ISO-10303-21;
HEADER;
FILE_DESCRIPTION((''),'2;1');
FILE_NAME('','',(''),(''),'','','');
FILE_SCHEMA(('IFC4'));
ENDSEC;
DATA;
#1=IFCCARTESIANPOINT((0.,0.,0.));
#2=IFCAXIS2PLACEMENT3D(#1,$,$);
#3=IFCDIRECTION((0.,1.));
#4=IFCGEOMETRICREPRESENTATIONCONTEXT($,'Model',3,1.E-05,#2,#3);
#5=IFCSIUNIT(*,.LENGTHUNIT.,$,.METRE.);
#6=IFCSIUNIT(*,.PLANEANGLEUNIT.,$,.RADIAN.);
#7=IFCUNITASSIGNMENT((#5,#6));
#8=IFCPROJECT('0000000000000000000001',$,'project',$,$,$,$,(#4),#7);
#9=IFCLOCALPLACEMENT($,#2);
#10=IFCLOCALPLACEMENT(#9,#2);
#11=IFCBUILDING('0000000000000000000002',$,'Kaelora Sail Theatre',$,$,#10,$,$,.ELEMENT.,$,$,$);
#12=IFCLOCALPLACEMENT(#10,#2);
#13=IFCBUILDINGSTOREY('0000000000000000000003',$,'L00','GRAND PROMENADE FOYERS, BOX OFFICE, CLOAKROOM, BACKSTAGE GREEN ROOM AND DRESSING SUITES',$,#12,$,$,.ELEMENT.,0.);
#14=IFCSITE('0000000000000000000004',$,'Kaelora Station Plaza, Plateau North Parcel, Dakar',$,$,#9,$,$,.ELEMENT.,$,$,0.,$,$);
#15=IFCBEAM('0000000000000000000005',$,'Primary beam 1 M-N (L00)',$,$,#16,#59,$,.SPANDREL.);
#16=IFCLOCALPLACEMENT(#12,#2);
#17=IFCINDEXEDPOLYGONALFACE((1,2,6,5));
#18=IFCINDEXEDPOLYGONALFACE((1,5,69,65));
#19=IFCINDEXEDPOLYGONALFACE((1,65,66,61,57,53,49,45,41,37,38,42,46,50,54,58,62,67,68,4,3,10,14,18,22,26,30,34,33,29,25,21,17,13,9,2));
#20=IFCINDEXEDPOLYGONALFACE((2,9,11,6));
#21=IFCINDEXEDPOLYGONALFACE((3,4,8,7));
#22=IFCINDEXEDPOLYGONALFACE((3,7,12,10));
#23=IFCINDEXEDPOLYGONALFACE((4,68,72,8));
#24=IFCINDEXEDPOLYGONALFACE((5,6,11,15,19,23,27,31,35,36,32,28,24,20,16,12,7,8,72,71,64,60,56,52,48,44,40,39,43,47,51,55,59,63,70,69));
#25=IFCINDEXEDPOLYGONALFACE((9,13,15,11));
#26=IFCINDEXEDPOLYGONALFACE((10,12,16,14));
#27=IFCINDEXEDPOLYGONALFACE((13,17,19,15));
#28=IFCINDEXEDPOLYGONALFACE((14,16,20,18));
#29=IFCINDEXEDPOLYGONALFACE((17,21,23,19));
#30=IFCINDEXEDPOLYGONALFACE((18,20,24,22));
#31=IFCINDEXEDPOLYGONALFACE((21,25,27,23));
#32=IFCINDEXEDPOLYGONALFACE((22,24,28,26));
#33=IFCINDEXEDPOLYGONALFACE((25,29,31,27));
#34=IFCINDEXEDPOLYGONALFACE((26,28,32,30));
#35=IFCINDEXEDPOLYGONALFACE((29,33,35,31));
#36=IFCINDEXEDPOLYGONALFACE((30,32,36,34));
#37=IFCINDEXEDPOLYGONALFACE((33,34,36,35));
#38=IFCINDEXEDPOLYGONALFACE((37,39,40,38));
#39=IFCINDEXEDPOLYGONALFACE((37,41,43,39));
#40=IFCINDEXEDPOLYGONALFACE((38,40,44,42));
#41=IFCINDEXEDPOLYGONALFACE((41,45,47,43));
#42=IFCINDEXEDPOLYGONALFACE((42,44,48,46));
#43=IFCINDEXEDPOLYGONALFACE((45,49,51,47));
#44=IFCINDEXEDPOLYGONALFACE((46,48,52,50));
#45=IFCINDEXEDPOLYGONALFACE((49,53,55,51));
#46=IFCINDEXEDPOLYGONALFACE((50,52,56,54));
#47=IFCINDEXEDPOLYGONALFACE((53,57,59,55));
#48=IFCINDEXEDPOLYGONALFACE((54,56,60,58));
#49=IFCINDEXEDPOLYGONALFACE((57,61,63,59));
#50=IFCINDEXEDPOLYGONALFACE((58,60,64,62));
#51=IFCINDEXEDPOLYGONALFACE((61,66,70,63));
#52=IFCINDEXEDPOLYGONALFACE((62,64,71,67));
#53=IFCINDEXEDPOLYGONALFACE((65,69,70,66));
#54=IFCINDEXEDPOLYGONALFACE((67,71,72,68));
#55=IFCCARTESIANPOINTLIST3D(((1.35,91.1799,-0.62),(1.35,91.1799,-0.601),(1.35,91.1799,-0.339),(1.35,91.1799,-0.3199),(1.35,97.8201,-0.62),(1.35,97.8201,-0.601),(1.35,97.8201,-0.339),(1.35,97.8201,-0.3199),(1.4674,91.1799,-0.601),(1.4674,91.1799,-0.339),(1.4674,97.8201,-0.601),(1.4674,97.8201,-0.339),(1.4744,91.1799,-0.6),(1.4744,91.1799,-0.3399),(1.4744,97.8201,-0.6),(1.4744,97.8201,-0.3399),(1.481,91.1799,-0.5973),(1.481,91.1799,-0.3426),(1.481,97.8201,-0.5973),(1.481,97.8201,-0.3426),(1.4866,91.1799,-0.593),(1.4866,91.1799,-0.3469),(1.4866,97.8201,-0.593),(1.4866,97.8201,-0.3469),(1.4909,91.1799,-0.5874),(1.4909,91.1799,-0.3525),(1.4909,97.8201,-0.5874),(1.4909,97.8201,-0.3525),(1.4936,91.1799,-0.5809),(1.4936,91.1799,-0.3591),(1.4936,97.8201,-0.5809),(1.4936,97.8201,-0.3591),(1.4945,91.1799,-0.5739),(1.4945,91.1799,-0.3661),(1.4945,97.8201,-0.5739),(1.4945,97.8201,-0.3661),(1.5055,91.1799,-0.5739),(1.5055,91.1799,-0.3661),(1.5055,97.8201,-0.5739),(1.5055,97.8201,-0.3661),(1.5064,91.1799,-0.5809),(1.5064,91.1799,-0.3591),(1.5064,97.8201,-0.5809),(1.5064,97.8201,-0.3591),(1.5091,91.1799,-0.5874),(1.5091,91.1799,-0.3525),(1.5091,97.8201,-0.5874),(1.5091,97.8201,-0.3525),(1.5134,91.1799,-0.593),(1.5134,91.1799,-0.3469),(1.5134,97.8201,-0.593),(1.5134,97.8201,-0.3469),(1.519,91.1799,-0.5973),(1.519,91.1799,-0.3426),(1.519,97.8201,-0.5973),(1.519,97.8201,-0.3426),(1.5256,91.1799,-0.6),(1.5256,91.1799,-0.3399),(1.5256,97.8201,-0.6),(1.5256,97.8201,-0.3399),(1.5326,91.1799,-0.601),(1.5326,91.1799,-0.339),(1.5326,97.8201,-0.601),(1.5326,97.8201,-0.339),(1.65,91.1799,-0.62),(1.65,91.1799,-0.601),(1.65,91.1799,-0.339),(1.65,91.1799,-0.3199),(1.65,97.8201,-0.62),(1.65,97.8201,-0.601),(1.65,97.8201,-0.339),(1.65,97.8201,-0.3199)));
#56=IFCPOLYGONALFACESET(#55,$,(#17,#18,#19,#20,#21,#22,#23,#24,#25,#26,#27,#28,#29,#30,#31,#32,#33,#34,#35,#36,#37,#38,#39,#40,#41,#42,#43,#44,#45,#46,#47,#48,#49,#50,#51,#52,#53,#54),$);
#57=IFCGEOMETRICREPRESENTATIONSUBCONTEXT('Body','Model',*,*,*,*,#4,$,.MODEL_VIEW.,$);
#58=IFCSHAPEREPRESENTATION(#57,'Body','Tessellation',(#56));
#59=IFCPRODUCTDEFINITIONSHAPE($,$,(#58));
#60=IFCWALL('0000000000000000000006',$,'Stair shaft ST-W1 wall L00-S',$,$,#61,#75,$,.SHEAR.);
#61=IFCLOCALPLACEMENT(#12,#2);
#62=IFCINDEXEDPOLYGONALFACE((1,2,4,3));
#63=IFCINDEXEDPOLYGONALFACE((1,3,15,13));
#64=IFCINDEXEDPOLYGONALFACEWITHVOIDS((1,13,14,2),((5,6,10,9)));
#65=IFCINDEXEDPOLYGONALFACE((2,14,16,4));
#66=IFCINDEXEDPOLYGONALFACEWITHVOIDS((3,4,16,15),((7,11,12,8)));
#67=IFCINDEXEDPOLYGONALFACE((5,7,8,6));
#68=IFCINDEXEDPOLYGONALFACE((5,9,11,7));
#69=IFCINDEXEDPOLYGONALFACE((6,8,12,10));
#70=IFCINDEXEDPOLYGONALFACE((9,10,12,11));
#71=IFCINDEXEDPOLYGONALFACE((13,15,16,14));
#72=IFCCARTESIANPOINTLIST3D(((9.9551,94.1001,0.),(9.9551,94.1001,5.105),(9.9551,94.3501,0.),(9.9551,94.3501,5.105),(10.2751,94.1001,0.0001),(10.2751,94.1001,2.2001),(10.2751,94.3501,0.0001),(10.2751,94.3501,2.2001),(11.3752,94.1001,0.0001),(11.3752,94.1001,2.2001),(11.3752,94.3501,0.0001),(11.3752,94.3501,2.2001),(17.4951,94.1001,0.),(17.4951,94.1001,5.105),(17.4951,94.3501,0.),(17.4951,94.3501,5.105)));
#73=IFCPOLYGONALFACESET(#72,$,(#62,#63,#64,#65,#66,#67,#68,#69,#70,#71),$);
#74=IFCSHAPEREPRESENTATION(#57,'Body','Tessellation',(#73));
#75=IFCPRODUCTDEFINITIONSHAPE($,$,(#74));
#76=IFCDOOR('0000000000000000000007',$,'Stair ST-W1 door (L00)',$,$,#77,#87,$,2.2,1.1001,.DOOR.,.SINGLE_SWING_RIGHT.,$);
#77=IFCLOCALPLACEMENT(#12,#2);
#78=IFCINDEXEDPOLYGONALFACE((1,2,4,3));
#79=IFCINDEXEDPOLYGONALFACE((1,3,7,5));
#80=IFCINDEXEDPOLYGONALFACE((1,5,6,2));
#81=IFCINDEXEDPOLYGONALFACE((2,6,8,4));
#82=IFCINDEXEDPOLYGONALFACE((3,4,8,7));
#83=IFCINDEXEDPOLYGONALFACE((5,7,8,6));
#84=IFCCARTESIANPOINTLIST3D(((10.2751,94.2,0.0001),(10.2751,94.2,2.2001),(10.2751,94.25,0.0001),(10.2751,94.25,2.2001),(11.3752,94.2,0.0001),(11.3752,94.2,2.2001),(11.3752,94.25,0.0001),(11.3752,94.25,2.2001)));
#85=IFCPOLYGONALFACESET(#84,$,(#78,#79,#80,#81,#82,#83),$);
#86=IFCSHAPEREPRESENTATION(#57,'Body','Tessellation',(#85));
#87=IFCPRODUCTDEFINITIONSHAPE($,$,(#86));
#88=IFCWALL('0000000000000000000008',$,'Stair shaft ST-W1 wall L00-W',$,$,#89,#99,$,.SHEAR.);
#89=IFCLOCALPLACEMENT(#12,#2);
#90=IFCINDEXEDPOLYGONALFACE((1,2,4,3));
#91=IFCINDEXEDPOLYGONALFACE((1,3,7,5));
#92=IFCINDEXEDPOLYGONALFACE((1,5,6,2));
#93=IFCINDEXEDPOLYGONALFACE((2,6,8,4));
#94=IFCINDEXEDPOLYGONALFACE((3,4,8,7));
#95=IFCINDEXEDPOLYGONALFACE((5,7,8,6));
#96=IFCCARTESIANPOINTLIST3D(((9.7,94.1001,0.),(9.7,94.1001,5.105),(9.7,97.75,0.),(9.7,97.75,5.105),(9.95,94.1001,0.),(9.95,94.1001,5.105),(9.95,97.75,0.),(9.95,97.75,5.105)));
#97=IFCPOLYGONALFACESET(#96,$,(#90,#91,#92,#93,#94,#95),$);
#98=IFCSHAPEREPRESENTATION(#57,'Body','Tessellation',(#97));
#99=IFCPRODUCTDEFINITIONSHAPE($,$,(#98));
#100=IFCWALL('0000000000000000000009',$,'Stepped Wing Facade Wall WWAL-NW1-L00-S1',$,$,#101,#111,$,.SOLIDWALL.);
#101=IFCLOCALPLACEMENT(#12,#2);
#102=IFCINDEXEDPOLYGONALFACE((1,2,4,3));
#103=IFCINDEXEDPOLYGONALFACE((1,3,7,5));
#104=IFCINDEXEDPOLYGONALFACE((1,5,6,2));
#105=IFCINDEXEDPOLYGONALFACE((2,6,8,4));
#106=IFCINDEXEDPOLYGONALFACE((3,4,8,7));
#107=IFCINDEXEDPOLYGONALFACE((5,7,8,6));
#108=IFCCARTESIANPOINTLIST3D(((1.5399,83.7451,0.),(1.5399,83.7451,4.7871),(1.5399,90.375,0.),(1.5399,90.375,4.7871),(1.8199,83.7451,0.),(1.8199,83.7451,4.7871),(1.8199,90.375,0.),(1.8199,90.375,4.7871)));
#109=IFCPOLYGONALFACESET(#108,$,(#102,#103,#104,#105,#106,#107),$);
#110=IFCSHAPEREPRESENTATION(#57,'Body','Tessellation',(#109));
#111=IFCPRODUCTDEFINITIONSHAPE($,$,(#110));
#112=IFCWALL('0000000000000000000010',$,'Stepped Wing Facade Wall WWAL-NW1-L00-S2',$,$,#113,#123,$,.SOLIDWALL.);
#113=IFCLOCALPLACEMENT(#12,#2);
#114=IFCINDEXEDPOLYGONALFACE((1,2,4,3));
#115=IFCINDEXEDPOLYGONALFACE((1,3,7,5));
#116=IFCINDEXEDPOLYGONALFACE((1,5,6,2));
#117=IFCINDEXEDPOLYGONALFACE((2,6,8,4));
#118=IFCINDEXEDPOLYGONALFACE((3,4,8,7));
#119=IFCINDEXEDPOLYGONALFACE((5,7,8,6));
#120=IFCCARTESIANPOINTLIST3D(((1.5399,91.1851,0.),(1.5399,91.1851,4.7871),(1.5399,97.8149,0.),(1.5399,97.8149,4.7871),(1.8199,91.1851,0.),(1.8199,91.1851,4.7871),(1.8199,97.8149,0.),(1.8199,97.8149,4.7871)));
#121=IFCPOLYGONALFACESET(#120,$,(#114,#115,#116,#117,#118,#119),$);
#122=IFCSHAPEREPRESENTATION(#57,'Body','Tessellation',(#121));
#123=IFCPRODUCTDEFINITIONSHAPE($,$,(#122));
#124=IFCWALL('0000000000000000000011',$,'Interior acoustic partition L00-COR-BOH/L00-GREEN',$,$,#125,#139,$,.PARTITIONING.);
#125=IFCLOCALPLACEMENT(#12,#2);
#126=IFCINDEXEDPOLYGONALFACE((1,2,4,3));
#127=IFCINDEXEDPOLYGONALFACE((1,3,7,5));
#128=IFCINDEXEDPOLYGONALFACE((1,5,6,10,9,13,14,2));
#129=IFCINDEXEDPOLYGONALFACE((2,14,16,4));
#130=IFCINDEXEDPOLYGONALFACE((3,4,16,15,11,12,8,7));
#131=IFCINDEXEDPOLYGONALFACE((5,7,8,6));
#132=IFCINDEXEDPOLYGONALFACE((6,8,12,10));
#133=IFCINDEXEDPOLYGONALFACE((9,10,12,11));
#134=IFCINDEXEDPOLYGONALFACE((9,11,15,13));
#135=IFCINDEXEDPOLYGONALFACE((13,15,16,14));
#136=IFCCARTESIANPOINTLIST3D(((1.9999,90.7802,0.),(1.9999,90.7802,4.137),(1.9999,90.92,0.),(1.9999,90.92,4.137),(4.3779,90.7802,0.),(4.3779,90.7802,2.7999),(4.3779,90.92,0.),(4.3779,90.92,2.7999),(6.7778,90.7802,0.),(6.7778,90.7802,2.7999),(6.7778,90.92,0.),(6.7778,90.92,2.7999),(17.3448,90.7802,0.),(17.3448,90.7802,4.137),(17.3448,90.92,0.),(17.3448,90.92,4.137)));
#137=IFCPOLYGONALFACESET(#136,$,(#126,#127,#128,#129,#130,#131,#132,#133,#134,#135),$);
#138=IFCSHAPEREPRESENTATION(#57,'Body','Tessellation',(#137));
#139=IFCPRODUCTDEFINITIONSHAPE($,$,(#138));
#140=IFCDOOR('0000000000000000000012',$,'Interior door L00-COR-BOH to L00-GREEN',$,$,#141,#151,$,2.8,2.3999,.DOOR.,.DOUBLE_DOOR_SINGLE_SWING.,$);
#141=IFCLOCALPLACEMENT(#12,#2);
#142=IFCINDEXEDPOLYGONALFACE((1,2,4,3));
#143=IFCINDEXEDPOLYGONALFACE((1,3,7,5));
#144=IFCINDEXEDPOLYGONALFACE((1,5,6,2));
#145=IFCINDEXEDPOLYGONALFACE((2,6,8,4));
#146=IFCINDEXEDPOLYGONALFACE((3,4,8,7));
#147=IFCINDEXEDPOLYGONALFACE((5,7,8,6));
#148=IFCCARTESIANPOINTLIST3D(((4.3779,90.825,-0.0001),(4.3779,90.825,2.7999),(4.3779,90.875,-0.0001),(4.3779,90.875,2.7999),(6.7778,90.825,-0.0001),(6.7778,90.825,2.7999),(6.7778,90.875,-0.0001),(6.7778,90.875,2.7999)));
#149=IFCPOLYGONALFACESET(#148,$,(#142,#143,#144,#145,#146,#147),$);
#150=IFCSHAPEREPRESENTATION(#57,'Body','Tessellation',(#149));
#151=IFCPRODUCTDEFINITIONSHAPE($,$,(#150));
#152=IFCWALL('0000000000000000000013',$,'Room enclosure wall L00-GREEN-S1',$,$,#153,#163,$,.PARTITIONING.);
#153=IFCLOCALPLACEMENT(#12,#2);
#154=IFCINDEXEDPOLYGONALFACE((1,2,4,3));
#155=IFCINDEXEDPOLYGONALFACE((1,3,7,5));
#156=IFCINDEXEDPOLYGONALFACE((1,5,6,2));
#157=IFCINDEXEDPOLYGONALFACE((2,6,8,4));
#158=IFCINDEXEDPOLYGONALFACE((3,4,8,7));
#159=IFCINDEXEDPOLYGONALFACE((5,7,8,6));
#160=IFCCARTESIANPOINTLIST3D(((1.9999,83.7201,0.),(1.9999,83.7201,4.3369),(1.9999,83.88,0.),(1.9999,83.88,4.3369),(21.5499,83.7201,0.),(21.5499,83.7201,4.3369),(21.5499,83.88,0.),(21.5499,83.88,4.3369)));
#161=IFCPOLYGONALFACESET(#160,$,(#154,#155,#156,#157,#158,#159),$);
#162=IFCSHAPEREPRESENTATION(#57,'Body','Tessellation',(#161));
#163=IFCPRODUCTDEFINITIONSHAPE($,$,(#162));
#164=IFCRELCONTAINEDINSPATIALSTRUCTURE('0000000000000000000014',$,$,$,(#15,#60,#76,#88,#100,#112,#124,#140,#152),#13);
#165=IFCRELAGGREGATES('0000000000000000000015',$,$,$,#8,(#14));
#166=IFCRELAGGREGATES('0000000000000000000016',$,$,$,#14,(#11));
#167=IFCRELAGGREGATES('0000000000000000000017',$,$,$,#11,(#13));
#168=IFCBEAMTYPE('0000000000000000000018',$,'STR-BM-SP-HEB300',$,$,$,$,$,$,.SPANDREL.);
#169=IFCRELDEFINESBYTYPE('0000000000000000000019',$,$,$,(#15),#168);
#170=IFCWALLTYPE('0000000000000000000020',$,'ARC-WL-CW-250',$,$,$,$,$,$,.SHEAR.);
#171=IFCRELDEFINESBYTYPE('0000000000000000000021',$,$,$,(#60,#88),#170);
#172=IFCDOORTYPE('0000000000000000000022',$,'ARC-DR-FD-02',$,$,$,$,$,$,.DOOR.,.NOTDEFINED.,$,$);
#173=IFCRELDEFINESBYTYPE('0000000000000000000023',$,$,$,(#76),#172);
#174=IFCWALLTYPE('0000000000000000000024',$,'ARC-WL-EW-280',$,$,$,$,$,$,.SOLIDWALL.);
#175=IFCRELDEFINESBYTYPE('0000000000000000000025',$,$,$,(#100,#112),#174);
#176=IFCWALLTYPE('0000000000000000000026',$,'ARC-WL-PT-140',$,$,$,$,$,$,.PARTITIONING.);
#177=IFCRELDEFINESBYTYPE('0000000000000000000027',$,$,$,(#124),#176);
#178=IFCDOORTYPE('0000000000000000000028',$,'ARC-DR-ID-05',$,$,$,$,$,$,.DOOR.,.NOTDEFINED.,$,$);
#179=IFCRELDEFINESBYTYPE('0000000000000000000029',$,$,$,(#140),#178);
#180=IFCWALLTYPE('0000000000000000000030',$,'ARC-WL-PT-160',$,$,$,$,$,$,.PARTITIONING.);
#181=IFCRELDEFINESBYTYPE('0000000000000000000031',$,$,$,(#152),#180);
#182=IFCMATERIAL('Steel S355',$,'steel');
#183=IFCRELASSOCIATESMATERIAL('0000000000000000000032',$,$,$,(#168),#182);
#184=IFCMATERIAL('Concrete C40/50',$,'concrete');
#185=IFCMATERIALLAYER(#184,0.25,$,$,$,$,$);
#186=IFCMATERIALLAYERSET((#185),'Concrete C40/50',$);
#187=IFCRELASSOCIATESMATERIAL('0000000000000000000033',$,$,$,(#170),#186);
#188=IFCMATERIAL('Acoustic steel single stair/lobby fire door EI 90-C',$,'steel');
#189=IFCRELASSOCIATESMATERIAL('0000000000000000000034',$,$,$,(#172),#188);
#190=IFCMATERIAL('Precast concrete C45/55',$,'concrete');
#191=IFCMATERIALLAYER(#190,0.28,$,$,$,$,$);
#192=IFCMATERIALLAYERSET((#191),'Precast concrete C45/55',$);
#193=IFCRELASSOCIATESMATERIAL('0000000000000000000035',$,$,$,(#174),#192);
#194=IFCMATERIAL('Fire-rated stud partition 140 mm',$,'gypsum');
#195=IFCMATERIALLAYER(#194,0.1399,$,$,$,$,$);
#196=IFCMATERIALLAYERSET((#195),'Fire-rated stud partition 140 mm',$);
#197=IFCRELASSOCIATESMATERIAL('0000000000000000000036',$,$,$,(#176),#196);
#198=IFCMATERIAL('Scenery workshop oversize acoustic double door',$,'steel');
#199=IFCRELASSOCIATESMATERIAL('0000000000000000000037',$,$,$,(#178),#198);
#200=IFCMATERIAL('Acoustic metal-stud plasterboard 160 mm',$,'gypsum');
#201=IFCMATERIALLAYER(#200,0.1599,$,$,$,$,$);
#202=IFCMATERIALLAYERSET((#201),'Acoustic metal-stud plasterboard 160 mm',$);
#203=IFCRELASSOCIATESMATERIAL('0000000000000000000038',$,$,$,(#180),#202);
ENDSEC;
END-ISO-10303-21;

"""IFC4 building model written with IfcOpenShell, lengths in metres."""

from ifc_helpers import new_model, si_unit, direction, frame, frame_2d, origin, origin_2d, place, context, subcontext, project, spatial, rectangle, i_section, extrude, material, layer, layer_set, material_profile, profile_set, type_object, element, fill, save


model = new_model("IFC4")

# Units and contexts
model_context = context("Model", 3, precision=1e-05, world=origin(), true_north=direction((0.0, 1.0)))
body_context = subcontext(model_context, "Body", "Model", "MODEL_VIEW")
ifc_project = project(units=[si_unit("LENGTHUNIT", "METRE"), si_unit("PLANEANGLEUNIT", "RADIAN")], contexts=[model_context])

# Site, building, storey
site_placement = place(None, origin())
site = spatial("IfcSite", under=ifc_project, at=site_placement, Name="Kaelora Station Plaza, Plateau North Parcel, Dakar", CompositionType="ELEMENT", RefElevation=0.0)
building_placement = place(site_placement, origin())
building = spatial("IfcBuilding", under=site, at=building_placement, Name="Kaelora Sail Theatre", CompositionType="ELEMENT")
storey_placement = place(building_placement, origin())
storey = spatial("IfcBuildingStorey", under=building, at=storey_placement, Name="L00", Description="GRAND PROMENADE FOYERS, BOX OFFICE, CLOAKROOM, BACKSTAGE GREEN ROOM AND DRESSING SUITES", CompositionType="ELEMENT", Elevation=0.0)

# Beam
ifc_material_1 = material(Name="Steel S355", Category="steel")
ifc_material_profile_1 = material_profile(ifc_material_1, i_section(OverallWidth=0.3, OverallDepth=0.3, WebThickness=0.011, FlangeThickness=0.019, FilletRadius=0.0271, at=origin_2d()), Name="HEB 300")
ifc_profile_set_1 = profile_set([ifc_material_profile_1], Name="Steel S355")
beam_type_1 = type_object("IfcBeamType", Name="STR-BM-SP-HEB300", PredefinedType="SPANDREL", material=ifc_profile_set_1)
beam_1_placement = place(storey_placement, frame((1.5, 91.1799, -0.47), z_axis=(0.0, 1.0, 0.0), x_axis=(-1.0, 0.0, 0.0)))
element("IfcBeam", 1, at=beam_1_placement, inside=storey, type_object=beam_type_1, Name="Primary beam 1 M-N (L00)", PredefinedType="SPANDREL", context=body_context, shape_type="SweptSolid", body=[
    extrude(i_section(OverallWidth=0.3, OverallDepth=0.3, WebThickness=0.011, FlangeThickness=0.019, FilletRadius=0.0271, at=origin_2d()), origin(), (0.0, 0.0, 1.0), 6.6401),
])

# Wall, opening, door
ifc_material_2 = material(Name="Concrete C40/50", Category="concrete")
ifc_layer_1 = layer(ifc_material_2, 0.25)
ifc_layer_set_1 = layer_set([ifc_layer_1], Name="Concrete C40/50")
wall_type_1 = type_object("IfcWallType", Name="ARC-WL-CW-250", PredefinedType="SHEAR", material=ifc_layer_set_1)
wall_1_placement = place(storey_placement, frame((9.9551, 94.2251, 0.0), z_axis=(0.0, 0.0, 1.0), x_axis=(1.0, 0.0, 0.0)))
wall_1 = element("IfcWall", 2, at=wall_1_placement, inside=storey, type_object=wall_type_1, Name="Stair shaft ST-W1 wall L00-S", PredefinedType="SHEAR", context=body_context, shape_type="SweptSolid", body=[
    extrude(rectangle(XDim=7.54, YDim=0.25, at=frame_2d((3.77, 0.0))), origin(), (0.0, 0.0, 1.0), 5.105),
])
opening_1_placement = place(wall_1_placement, frame((0.3201, 0.0, 0.0)))
opening_1 = element("IfcOpeningElement", 3, at=opening_1_placement, cuts=wall_1, PredefinedType="OPENING", context=body_context, shape_type="SweptSolid", body=[
    extrude(rectangle(XDim=1.1001, YDim=2.2, at=frame_2d((0.55, 1.1001))), frame((0.0, 0.135, 0.0), z_axis=(0.0, -1.0, 0.0), x_axis=(1.0, 0.0, 0.0)), (0.0, 0.0, 1.0), 0.27),
])
ifc_material_3 = material(Name="Acoustic steel single stair/lobby fire door EI 90-C", Category="steel")
door_type_1 = type_object("IfcDoorType", Name="ARC-DR-FD-02", OperationType="NOTDEFINED", PredefinedType="DOOR", material=ifc_material_3)
door_1_placement = place(opening_1_placement, origin())
door_1 = element("IfcDoor", 4, at=door_1_placement, inside=storey, type_object=door_type_1, Name="Stair ST-W1 door (L00)", OperationType="SINGLE_SWING_RIGHT", OverallHeight=2.2, OverallWidth=1.1001, PredefinedType="DOOR", context=body_context, shape_type="SweptSolid", body=[
    extrude(rectangle(XDim=1.1001, YDim=2.2, at=frame_2d((0.55, 1.1001))), frame((0.0, 0.0249, 0.0), z_axis=(0.0, -1.0, 0.0), x_axis=(1.0, 0.0, 0.0)), (0.0, 0.0, 1.0), 0.05),
])
fill(opening_1, door_1)

# Walls
wall_2_placement = place(storey_placement, frame((9.825, 94.1001, 0.0), z_axis=(0.0, 0.0, 1.0), x_axis=(0.0, 1.0, 0.0)))
element("IfcWall", 5, at=wall_2_placement, inside=storey, type_object=wall_type_1, Name="Stair shaft ST-W1 wall L00-W", PredefinedType="SHEAR", context=body_context, shape_type="SweptSolid", body=[
    extrude(rectangle(XDim=3.6499, YDim=0.25, at=frame_2d((1.825, 0.0))), origin(), (0.0, 0.0, 1.0), 5.105),
])
ifc_material_4 = material(Name="Precast concrete C45/55", Category="concrete")
ifc_layer_2 = layer(ifc_material_4, 0.28)
ifc_layer_set_2 = layer_set([ifc_layer_2], Name="Precast concrete C45/55")
wall_type_2 = type_object("IfcWallType", Name="ARC-WL-EW-280", PredefinedType="SOLIDWALL", material=ifc_layer_set_2)
for number, where, z_axis, x_axis, name in (
    (6, (1.6799, 83.7451, 0.0), (0.0, 0.0, 1.0), (0.0, 1.0, 0.0), "Stepped Wing Facade Wall WWAL-NW1-L00-S1"),
    (7, (1.6799, 91.1851, 0.0), (0.0, 0.0, 1.0), (0.0, 1.0, 0.0), "Stepped Wing Facade Wall WWAL-NW1-L00-S2"),
):
    element("IfcWall", number, at=place(storey_placement, frame(where, z_axis=z_axis, x_axis=x_axis)), inside=storey, type_object=wall_type_2, Name=name, PredefinedType="SOLIDWALL", context=body_context, shape_type="SweptSolid", body=[
        extrude(rectangle(XDim=6.6299, YDim=0.28, at=frame_2d((3.3149, 0.0))), origin(), (0.0, 0.0, 1.0), 4.7871),
    ])

# Wall, opening, door
ifc_material_5 = material(Name="Fire-rated stud partition 140 mm", Category="gypsum")
ifc_layer_3 = layer(ifc_material_5, 0.1399)
ifc_layer_set_3 = layer_set([ifc_layer_3], Name="Fire-rated stud partition 140 mm")
wall_type_3 = type_object("IfcWallType", Name="ARC-WL-PT-140", PredefinedType="PARTITIONING", material=ifc_layer_set_3)
wall_3_placement = place(storey_placement, frame((2.0, 90.8501, 0.0), z_axis=(0.0, 0.0, 1.0), x_axis=(1.0, 0.0, 0.0)))
wall_3 = element("IfcWall", 8, at=wall_3_placement, inside=storey, type_object=wall_type_3, Name="Interior acoustic partition L00-COR-BOH/L00-GREEN", PredefinedType="PARTITIONING", context=body_context, shape_type="SweptSolid", body=[
    extrude(rectangle(XDim=15.345, YDim=0.1399, at=frame_2d((7.6724, 0.0))), origin(), (0.0, 0.0, 1.0), 4.137),
])
opening_2_placement = place(wall_3_placement, frame((2.3779, 0.0, 0.0)))
opening_2 = element("IfcOpeningElement", 9, at=opening_2_placement, cuts=wall_3, PredefinedType="OPENING", context=body_context, shape_type="SweptSolid", body=[
    extrude(rectangle(XDim=2.3999, YDim=2.8, at=frame_2d((1.2, 1.3999))), frame((0.0, 0.0798, 0.0), z_axis=(0.0, -1.0, 0.0), x_axis=(1.0, 0.0, 0.0)), (0.0, 0.0, 1.0), 0.1599),
])
ifc_material_6 = material(Name="Scenery workshop oversize acoustic double door", Category="steel")
door_type_2 = type_object("IfcDoorType", Name="ARC-DR-ID-05", OperationType="NOTDEFINED", PredefinedType="DOOR", material=ifc_material_6)
door_2_placement = place(opening_2_placement, origin())
door_2 = element("IfcDoor", 10, at=door_2_placement, inside=storey, type_object=door_type_2, Name="Interior door L00-COR-BOH to L00-GREEN", OperationType="DOUBLE_DOOR_SINGLE_SWING", OverallHeight=2.8, OverallWidth=2.3999, PredefinedType="DOOR", context=body_context, shape_type="SweptSolid", body=[
    extrude(rectangle(XDim=2.3999, YDim=2.8, at=frame_2d((1.2, 1.3999))), frame((0.0, 0.0249, 0.0), z_axis=(0.0, -1.0, 0.0), x_axis=(1.0, 0.0, 0.0)), (0.0, 0.0, 1.0), 0.05),
])
fill(opening_2, door_2)

# Wall
ifc_material_7 = material(Name="Acoustic metal-stud plasterboard 160 mm", Category="gypsum")
ifc_layer_4 = layer(ifc_material_7, 0.1599)
ifc_layer_set_4 = layer_set([ifc_layer_4], Name="Acoustic metal-stud plasterboard 160 mm")
wall_type_4 = type_object("IfcWallType", Name="ARC-WL-PT-160", PredefinedType="PARTITIONING", material=ifc_layer_set_4)
wall_4_placement = place(storey_placement, frame((2.0, 83.8, 0.0), z_axis=(0.0, 0.0, 1.0), x_axis=(1.0, 0.0, 0.0)))
element("IfcWall", 11, at=wall_4_placement, inside=storey, type_object=wall_type_4, Name="Room enclosure wall L00-GREEN-S1", PredefinedType="PARTITIONING", context=body_context, shape_type="SweptSolid", body=[
    extrude(rectangle(XDim=19.55, YDim=0.1599, at=frame_2d((9.7749, 0.0))), origin(), (0.0, 0.0, 1.0), 4.3369),
])

save(model, "model.ifc")
